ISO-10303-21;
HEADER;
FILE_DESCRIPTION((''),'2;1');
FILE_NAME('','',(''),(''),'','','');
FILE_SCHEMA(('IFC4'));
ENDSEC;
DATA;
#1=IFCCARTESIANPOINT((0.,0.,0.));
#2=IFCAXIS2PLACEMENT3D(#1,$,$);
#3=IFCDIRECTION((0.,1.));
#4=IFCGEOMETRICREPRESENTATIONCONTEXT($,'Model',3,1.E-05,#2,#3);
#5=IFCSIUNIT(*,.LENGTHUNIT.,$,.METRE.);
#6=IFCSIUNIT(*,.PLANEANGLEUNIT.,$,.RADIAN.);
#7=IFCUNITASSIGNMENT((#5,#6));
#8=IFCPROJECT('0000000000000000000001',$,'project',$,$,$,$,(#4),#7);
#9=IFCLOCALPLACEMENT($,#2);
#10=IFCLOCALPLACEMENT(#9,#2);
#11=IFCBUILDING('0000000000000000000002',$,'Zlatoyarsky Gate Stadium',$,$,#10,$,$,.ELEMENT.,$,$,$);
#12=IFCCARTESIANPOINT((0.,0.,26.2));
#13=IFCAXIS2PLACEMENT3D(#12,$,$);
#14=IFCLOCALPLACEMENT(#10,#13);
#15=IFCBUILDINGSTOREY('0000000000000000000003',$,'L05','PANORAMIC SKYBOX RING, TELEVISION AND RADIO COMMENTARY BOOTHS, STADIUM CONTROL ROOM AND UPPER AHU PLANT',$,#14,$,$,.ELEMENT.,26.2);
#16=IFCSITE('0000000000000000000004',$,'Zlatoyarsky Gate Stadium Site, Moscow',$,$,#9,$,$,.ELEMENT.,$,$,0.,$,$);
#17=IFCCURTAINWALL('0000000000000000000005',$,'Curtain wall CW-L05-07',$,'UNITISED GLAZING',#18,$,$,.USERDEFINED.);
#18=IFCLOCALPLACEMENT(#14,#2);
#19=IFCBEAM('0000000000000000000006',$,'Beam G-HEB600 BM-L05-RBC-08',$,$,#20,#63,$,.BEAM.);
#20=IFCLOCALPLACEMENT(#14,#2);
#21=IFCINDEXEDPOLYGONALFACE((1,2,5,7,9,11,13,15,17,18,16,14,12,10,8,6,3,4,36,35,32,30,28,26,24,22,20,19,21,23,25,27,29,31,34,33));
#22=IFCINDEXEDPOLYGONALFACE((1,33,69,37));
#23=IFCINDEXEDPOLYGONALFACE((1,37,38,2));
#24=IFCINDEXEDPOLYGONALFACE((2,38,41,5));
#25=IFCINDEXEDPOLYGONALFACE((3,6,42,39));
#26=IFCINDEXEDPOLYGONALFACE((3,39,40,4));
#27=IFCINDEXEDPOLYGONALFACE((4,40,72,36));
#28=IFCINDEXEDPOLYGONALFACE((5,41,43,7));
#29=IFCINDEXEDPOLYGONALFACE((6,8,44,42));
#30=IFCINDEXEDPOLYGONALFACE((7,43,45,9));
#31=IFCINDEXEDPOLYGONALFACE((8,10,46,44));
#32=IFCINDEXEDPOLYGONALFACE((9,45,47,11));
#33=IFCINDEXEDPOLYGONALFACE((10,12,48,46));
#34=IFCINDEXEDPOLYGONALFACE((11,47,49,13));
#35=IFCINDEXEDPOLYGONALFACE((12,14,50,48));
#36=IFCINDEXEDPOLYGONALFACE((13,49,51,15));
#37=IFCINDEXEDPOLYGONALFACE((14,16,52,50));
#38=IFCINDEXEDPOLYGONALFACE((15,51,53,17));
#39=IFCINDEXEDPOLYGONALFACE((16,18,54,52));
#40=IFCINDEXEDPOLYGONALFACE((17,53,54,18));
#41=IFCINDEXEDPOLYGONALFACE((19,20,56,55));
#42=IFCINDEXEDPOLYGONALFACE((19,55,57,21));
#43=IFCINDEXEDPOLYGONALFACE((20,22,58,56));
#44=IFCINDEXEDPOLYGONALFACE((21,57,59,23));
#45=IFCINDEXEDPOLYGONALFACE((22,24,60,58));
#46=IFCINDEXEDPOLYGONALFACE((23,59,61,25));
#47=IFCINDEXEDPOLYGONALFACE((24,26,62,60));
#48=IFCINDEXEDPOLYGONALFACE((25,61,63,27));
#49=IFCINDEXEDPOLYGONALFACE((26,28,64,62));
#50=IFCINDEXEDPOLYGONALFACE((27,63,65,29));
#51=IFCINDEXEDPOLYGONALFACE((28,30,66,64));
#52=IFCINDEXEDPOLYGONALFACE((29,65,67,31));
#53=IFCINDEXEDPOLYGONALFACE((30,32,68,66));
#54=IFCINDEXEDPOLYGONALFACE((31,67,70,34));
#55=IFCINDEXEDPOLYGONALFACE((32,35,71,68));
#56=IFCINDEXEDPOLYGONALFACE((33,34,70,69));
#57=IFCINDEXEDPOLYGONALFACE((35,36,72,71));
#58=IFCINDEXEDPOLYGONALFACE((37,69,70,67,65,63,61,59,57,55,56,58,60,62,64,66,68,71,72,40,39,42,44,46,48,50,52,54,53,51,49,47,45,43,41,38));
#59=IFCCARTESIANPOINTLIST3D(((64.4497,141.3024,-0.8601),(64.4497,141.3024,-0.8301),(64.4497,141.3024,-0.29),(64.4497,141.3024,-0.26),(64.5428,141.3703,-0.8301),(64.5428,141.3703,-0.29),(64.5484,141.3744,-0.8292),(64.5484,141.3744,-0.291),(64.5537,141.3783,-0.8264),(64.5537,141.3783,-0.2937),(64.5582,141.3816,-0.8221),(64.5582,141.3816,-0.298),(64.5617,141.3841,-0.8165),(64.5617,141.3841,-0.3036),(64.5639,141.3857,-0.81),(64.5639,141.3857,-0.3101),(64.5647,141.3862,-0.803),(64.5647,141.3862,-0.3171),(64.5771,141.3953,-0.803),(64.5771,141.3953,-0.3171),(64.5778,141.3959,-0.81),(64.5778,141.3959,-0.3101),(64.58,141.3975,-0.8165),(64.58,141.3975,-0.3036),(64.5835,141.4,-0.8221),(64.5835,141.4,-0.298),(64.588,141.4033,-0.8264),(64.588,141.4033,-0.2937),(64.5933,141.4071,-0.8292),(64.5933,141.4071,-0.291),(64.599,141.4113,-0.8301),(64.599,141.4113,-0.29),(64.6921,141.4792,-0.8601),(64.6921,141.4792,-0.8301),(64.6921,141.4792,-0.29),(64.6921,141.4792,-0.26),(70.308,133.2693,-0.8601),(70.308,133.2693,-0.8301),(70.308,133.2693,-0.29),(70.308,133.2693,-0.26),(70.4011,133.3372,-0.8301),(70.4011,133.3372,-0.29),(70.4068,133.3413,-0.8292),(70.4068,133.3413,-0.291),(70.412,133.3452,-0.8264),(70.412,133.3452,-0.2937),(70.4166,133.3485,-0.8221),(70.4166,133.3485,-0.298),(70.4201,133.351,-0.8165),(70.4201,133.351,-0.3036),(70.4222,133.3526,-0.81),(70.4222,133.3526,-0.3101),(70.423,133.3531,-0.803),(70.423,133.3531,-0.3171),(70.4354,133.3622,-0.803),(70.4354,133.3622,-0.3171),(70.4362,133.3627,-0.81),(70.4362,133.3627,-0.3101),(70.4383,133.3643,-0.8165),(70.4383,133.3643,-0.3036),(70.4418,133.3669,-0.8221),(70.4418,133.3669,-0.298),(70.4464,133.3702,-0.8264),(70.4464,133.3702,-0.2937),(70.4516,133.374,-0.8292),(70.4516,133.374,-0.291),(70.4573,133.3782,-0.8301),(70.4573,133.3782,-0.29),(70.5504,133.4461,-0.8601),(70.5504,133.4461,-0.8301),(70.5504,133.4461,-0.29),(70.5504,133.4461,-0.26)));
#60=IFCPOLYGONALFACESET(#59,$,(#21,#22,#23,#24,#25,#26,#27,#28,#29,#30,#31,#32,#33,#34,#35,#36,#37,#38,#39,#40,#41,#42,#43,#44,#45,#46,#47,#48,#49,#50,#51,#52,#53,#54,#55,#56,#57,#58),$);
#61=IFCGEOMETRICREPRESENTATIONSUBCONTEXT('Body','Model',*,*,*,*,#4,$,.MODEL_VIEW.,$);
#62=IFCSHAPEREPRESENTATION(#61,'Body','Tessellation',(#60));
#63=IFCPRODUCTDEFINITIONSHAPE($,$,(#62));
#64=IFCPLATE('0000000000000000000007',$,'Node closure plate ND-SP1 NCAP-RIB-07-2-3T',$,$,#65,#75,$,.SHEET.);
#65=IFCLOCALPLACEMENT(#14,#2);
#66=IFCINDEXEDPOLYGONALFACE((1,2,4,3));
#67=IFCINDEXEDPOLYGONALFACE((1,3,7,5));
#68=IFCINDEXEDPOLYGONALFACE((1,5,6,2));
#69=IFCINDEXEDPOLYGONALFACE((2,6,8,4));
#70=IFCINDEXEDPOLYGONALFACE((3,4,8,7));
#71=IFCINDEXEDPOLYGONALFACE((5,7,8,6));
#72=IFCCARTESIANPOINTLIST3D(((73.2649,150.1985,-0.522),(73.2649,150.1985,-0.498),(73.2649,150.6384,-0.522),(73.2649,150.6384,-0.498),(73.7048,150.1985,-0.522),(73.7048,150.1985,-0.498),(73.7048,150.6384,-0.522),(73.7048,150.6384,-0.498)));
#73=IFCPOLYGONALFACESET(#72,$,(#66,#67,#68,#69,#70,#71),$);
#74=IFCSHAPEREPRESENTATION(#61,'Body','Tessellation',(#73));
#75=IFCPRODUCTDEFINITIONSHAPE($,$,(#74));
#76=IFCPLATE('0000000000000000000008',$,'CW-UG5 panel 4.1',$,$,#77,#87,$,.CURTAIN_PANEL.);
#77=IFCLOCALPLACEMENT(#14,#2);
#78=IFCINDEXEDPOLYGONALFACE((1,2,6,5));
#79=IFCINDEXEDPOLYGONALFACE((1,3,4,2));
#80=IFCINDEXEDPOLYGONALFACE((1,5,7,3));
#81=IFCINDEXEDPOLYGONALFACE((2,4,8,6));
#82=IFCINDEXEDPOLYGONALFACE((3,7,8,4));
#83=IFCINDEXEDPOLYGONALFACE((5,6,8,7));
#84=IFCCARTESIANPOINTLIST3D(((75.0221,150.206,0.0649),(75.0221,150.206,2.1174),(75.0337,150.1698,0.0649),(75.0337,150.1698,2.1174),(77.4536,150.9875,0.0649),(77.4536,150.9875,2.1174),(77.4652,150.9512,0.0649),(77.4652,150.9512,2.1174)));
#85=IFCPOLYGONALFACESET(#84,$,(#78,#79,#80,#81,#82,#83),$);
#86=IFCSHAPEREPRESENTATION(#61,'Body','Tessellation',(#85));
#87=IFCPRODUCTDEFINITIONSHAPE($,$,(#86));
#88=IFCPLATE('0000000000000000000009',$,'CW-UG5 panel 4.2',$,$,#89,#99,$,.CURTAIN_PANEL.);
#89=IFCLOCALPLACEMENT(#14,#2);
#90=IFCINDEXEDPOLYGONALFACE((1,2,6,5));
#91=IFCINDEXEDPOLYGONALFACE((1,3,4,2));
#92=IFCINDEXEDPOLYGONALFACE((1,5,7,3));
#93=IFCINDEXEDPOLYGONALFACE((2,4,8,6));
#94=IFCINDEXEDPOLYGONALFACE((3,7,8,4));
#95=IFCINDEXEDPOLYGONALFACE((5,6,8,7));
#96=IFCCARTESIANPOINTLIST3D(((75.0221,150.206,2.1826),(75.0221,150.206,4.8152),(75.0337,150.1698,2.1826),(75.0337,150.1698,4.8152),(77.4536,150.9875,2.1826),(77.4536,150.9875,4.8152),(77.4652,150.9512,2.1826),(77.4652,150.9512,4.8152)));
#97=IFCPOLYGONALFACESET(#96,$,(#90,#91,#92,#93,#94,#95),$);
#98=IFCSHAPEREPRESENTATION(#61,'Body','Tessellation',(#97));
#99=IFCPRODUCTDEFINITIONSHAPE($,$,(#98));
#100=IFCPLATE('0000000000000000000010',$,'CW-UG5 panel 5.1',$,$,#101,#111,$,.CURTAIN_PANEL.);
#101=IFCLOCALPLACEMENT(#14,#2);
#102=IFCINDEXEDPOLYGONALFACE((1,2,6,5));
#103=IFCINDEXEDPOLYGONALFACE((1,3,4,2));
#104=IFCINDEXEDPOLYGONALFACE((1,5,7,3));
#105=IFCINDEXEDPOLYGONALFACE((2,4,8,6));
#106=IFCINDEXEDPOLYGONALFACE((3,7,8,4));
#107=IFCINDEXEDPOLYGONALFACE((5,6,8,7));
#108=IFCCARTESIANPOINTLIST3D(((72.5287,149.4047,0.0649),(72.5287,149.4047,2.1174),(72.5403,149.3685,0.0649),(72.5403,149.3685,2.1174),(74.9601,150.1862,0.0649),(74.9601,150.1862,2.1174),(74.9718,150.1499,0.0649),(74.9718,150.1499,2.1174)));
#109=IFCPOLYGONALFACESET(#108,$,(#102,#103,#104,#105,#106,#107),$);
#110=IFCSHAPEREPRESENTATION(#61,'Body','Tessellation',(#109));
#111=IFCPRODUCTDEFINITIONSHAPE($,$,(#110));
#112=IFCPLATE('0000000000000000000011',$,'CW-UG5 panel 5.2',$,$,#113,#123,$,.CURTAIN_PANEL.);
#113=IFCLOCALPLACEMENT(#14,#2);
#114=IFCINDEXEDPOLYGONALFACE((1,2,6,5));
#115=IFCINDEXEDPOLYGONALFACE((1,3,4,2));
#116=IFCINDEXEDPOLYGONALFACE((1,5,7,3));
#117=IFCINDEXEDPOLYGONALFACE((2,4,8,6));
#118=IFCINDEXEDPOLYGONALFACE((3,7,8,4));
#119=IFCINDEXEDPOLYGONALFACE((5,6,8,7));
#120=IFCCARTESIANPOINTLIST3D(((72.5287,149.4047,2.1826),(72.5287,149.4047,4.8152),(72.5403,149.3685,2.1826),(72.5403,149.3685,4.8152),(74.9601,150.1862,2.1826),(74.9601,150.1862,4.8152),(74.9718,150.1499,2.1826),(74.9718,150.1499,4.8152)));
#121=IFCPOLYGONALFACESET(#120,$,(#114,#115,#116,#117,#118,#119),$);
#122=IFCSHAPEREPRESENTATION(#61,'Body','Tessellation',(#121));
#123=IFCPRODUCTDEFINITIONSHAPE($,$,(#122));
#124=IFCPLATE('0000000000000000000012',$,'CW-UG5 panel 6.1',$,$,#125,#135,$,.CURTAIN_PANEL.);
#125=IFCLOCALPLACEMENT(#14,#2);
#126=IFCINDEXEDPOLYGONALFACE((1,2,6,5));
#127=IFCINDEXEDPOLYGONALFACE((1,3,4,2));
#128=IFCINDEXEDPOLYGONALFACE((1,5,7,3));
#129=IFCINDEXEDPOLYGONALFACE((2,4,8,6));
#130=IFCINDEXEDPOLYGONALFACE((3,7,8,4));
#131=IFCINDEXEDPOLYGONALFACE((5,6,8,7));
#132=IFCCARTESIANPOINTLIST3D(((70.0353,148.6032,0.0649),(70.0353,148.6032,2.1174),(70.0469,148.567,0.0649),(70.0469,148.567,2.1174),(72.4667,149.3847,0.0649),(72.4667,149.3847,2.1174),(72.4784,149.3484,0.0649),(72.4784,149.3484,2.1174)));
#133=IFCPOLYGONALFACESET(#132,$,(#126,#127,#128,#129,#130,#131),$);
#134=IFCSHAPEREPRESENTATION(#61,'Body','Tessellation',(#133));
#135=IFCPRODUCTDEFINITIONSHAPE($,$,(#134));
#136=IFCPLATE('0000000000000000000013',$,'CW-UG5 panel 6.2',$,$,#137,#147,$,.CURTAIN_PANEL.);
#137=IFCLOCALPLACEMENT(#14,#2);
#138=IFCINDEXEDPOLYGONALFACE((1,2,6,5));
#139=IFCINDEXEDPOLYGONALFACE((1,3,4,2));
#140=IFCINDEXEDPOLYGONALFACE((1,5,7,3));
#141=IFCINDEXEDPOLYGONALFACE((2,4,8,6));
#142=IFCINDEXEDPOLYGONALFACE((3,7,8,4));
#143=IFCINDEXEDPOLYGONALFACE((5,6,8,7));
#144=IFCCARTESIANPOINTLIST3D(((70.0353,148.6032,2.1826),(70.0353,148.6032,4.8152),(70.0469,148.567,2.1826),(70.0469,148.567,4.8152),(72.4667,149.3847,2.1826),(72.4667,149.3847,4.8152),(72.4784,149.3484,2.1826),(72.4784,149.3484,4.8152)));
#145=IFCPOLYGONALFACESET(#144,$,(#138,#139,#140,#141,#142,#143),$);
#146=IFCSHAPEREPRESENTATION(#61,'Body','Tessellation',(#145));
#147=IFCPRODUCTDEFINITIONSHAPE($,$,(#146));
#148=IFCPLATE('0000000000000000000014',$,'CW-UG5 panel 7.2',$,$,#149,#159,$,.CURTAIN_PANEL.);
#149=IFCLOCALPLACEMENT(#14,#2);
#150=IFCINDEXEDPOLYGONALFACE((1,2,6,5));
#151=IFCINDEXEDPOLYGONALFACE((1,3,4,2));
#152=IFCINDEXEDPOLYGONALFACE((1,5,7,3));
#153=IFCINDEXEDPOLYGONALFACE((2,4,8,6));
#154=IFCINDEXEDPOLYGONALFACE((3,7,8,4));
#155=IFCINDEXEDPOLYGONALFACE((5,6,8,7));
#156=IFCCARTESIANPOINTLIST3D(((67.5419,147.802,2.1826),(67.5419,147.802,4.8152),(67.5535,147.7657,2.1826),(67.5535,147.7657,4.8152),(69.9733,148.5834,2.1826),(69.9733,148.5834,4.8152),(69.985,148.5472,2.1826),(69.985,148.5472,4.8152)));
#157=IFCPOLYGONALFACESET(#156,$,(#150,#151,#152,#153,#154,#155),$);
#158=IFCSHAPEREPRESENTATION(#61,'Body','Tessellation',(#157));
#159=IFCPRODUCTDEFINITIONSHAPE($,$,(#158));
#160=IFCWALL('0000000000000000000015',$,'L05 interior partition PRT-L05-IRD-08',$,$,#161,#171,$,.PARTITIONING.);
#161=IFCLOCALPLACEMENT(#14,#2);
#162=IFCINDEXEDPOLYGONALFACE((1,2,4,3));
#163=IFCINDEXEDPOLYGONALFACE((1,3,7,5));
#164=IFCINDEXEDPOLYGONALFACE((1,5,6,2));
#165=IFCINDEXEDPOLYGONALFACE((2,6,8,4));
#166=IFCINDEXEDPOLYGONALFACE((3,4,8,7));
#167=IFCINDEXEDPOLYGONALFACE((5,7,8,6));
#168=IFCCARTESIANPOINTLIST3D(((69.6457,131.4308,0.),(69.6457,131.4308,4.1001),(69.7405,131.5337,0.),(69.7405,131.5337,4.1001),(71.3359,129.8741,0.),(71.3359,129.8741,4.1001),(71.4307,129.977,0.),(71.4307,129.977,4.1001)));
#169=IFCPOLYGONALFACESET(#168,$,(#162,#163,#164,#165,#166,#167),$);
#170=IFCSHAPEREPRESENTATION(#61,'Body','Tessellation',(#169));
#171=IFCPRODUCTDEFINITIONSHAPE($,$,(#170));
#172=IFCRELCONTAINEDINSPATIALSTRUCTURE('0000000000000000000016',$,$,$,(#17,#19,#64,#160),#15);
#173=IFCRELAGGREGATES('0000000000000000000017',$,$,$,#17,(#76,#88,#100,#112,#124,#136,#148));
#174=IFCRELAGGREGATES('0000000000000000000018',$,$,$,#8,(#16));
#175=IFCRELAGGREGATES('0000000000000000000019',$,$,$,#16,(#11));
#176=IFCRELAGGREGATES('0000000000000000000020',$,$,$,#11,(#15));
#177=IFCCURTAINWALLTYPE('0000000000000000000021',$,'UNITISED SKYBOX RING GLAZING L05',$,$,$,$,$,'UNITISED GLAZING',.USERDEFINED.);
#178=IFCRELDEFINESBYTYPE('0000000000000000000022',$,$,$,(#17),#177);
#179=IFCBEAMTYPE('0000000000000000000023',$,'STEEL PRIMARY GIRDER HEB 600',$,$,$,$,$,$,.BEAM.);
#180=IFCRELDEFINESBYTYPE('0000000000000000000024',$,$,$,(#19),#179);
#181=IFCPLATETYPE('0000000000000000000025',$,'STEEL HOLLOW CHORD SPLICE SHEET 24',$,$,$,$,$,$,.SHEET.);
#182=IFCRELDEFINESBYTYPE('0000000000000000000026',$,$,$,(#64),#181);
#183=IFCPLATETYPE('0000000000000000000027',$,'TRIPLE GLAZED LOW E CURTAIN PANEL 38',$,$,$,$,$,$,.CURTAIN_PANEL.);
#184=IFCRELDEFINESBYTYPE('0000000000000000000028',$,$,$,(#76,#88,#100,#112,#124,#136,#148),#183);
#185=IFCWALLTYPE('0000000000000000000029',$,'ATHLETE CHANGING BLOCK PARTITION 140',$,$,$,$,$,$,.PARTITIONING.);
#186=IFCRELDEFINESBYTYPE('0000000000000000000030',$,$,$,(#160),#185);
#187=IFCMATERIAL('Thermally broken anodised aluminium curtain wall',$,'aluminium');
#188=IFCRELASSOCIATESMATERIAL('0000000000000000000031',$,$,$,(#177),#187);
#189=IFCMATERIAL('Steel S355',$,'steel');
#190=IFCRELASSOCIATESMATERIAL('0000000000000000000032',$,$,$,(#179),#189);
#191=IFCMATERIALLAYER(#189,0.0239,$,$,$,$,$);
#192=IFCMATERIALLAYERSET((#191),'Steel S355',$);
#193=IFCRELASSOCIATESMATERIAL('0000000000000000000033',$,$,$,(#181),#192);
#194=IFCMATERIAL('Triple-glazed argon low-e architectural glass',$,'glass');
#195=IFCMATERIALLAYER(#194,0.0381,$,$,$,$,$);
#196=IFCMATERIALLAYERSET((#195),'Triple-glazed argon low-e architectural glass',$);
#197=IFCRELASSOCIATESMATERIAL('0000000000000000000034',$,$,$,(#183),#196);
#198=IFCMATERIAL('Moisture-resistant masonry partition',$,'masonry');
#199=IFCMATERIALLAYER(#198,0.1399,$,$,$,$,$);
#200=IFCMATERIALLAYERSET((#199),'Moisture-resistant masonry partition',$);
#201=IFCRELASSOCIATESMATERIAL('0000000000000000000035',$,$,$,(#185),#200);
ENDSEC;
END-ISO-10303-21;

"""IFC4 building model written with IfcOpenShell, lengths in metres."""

from ifc_helpers import new_model, si_unit, direction, frame, frame_2d, origin, origin_2d, place, context, subcontext, project, spatial, rectangle, i_section, extrude, material, layer, layer_set, material_profile, profile_set, type_object, element, aggregate, save


model = new_model("IFC4")

# Units and contexts
model_context = context("Model", 3, precision=1e-05, world=origin(), true_north=direction((0.0, 1.0)))
body_context = subcontext(model_context, "Body", "Model", "MODEL_VIEW")
ifc_project = project(units=[si_unit("LENGTHUNIT", "METRE"), si_unit("PLANEANGLEUNIT", "RADIAN")], contexts=[model_context])

# Site, building, storey
site_placement = place(None, origin())
site = spatial("IfcSite", under=ifc_project, at=site_placement, Name="Zlatoyarsky Gate Stadium Site, Moscow", CompositionType="ELEMENT", RefElevation=0.0)
building_placement = place(site_placement, origin())
building = spatial("IfcBuilding", under=site, at=building_placement, Name="Zlatoyarsky Gate Stadium", CompositionType="ELEMENT")
storey_placement = place(building_placement, frame((0.0, 0.0, 26.2)))
storey = spatial("IfcBuildingStorey", under=building, at=storey_placement, Name="L05", Description="PANORAMIC SKYBOX RING, TELEVISION AND RADIO COMMENTARY BOOTHS, STADIUM CONTROL ROOM AND UPPER AHU PLANT", CompositionType="ELEMENT", Elevation=26.2)

# Shared definitions
ifc_material_1 = material(Name="Steel S355", Category="steel")

# Curtain wall
ifc_material_2 = material(Name="Thermally broken anodised aluminium curtain wall", Category="aluminium")
curtain_wall_type = type_object("IfcCurtainWallType", Name="UNITISED SKYBOX RING GLAZING L05", ElementType="UNITISED GLAZING", PredefinedType="USERDEFINED", material=ifc_material_2)
curtain_wall_placement = place(storey_placement, origin())
curtain_wall = element("IfcCurtainWall", 1, at=curtain_wall_placement, inside=storey, type_object=curtain_wall_type, Name="Curtain wall CW-L05-07", ObjectType="UNITISED GLAZING", PredefinedType="USERDEFINED")

# Beam
ifc_material_profile_1 = material_profile(ifc_material_1, i_section(OverallWidth=0.3, OverallDepth=0.6001, WebThickness=0.0154, FlangeThickness=0.03, FilletRadius=0.0271, at=origin_2d()), Name="HEB 600")
ifc_profile_set_1 = profile_set([ifc_material_profile_1], Name="Steel S355")
beam_type_1 = type_object("IfcBeamType", Name="STEEL PRIMARY GIRDER HEB 600", PredefinedType="BEAM", material=ifc_profile_set_1)
beam_1_placement = place(storey_placement, frame((70.4292, 133.3577, -0.5601), z_axis=(-0.589228, 0.807967, 0.0), x_axis=(-0.807967, -0.589228, 0.0)))
element("IfcBeam", 2, at=beam_1_placement, inside=storey, type_object=beam_type_1, Name="Beam G-HEB600 BM-L05-RBC-08", PredefinedType="BEAM", context=body_context, shape_type="SweptSolid", body=[
    extrude(i_section(OverallWidth=0.3, OverallDepth=0.6001, WebThickness=0.0154, FlangeThickness=0.03, FilletRadius=0.0271, at=origin_2d()), origin(), (0.0, 0.0, 1.0), 9.9424),
])

# Plates
ifc_layer_1 = layer(ifc_material_1, 0.0239)
ifc_layer_set_1 = layer_set([ifc_layer_1], Name="Steel S355")
plate_type_1 = type_object("IfcPlateType", Name="STEEL HOLLOW CHORD SPLICE SHEET 24", PredefinedType="SHEET", material=ifc_layer_set_1)
plate_1_placement = place(storey_placement, frame((73.4849, 150.4185, -0.522), z_axis=(0.0, 0.0, 1.0), x_axis=(1.0, 0.0, 0.0)))
element("IfcPlate", 3, at=plate_1_placement, inside=storey, type_object=plate_type_1, Name="Node closure plate ND-SP1 NCAP-RIB-07-2-3T", PredefinedType="SHEET", context=body_context, shape_type="SweptSolid", body=[
    extrude(rectangle(XDim=0.4399, YDim=0.4399, at=origin_2d()), origin(), (0.0, 0.0, 1.0), 0.0239),
])
ifc_material_3 = material(Name="Triple-glazed argon low-e architectural glass", Category="glass")
ifc_layer_2 = layer(ifc_material_3, 0.0381)
ifc_layer_set_2 = layer_set([ifc_layer_2], Name="Triple-glazed argon low-e architectural glass")
plate_type_2 = type_object("IfcPlateType", Name="TRIPLE GLAZED LOW E CURTAIN PANEL 38", PredefinedType="CURTAIN_PANEL", material=ifc_layer_set_2)
plate_2_placement = place(storey_placement, frame((76.2437, 150.5786, 0.0649), z_axis=(0.0, 0.0, 1.0), x_axis=(-0.952038, -0.305979, 0.0)))
plate_2 = element("IfcPlate", 4, at=plate_2_placement, type_object=plate_type_2, Name="CW-UG5 panel 4.1", PredefinedType="CURTAIN_PANEL", context=body_context, shape_type="SweptSolid", body=[
    extrude(rectangle(XDim=2.554, YDim=0.0381, at=origin_2d()), origin(), (0.0, 0.0, 1.0), 2.0525),
])
plate_3_placement = place(storey_placement, frame((76.2437, 150.5786, 2.1826), z_axis=(0.0, 0.0, 1.0), x_axis=(-0.952038, -0.305979, 0.0)))
plate_3 = element("IfcPlate", 5, at=plate_3_placement, type_object=plate_type_2, Name="CW-UG5 panel 4.2", PredefinedType="CURTAIN_PANEL", context=body_context, shape_type="SweptSolid", body=[
    extrude(rectangle(XDim=2.554, YDim=0.0381, at=origin_2d()), origin(), (0.0, 0.0, 1.0), 2.6326),
])
plate_4_placement = place(storey_placement, frame((73.7502, 149.7773, 0.0649), z_axis=(0.0, 0.0, 1.0), x_axis=(-0.952038, -0.305979, 0.0)))
plate_4 = element("IfcPlate", 6, at=plate_4_placement, type_object=plate_type_2, Name="CW-UG5 panel 5.1", PredefinedType="CURTAIN_PANEL", context=body_context, shape_type="SweptSolid", body=[
    extrude(rectangle(XDim=2.554, YDim=0.0381, at=origin_2d()), origin(), (0.0, 0.0, 1.0), 2.0525),
])
plate_5_placement = place(storey_placement, frame((73.7502, 149.7773, 2.1826), z_axis=(0.0, 0.0, 1.0), x_axis=(-0.952038, -0.305979, 0.0)))
plate_5 = element("IfcPlate", 7, at=plate_5_placement, type_object=plate_type_2, Name="CW-UG5 panel 5.2", PredefinedType="CURTAIN_PANEL", context=body_context, shape_type="SweptSolid", body=[
    extrude(rectangle(XDim=2.554, YDim=0.0381, at=origin_2d()), origin(), (0.0, 0.0, 1.0), 2.6326),
])
plate_6_placement = place(storey_placement, frame((71.2568, 148.9758, 0.0649), z_axis=(0.0, 0.0, 1.0), x_axis=(-0.952038, -0.305979, 0.0)))
plate_6 = element("IfcPlate", 8, at=plate_6_placement, type_object=plate_type_2, Name="CW-UG5 panel 6.1", PredefinedType="CURTAIN_PANEL", context=body_context, shape_type="SweptSolid", body=[
    extrude(rectangle(XDim=2.554, YDim=0.0381, at=origin_2d()), origin(), (0.0, 0.0, 1.0), 2.0525),
])
plate_7_placement = place(storey_placement, frame((71.2568, 148.9758, 2.1826), z_axis=(0.0, 0.0, 1.0), x_axis=(-0.952038, -0.305979, 0.0)))
plate_7 = element("IfcPlate", 9, at=plate_7_placement, type_object=plate_type_2, Name="CW-UG5 panel 6.2", PredefinedType="CURTAIN_PANEL", context=body_context, shape_type="SweptSolid", body=[
    extrude(rectangle(XDim=2.554, YDim=0.0381, at=origin_2d()), origin(), (0.0, 0.0, 1.0), 2.6326),
])
plate_8_placement = place(storey_placement, frame((68.7634, 148.1746, 2.1826), z_axis=(0.0, 0.0, 1.0), x_axis=(-0.952038, -0.305979, 0.0)))
plate_8 = element("IfcPlate", 10, at=plate_8_placement, type_object=plate_type_2, Name="CW-UG5 panel 7.2", PredefinedType="CURTAIN_PANEL", context=body_context, shape_type="SweptSolid", body=[
    extrude(rectangle(XDim=2.554, YDim=0.0381, at=origin_2d()), origin(), (0.0, 0.0, 1.0), 2.6326),
])
aggregate(curtain_wall, [plate_2, plate_3, plate_4, plate_5, plate_6, plate_7, plate_8])

# Wall
ifc_material_4 = material(Name="Moisture-resistant masonry partition", Category="masonry")
ifc_layer_3 = layer(ifc_material_4, 0.1399)
ifc_layer_set_3 = layer_set([ifc_layer_3], Name="Moisture-resistant masonry partition")
wall_type_1 = type_object("IfcWallType", Name="ATHLETE CHANGING BLOCK PARTITION 140", PredefinedType="PARTITIONING", material=ifc_layer_set_3)
wall_1_placement = place(storey_placement, frame((71.3833, 129.9255, 0.0), z_axis=(0.0, 0.0, 1.0), x_axis=(-0.735569, 0.67745, 0.0)))
element("IfcWall", 11, at=wall_1_placement, inside=storey, type_object=wall_type_1, Name="L05 interior partition PRT-L05-IRD-08", PredefinedType="PARTITIONING", context=body_context, shape_type="SweptSolid", body=[
    extrude(rectangle(XDim=2.2979, YDim=0.1399, at=frame_2d((1.1489, 0.0))), origin(), (0.0, 0.0, 1.0), 4.1001),
])

save(model, "model.ifc")
